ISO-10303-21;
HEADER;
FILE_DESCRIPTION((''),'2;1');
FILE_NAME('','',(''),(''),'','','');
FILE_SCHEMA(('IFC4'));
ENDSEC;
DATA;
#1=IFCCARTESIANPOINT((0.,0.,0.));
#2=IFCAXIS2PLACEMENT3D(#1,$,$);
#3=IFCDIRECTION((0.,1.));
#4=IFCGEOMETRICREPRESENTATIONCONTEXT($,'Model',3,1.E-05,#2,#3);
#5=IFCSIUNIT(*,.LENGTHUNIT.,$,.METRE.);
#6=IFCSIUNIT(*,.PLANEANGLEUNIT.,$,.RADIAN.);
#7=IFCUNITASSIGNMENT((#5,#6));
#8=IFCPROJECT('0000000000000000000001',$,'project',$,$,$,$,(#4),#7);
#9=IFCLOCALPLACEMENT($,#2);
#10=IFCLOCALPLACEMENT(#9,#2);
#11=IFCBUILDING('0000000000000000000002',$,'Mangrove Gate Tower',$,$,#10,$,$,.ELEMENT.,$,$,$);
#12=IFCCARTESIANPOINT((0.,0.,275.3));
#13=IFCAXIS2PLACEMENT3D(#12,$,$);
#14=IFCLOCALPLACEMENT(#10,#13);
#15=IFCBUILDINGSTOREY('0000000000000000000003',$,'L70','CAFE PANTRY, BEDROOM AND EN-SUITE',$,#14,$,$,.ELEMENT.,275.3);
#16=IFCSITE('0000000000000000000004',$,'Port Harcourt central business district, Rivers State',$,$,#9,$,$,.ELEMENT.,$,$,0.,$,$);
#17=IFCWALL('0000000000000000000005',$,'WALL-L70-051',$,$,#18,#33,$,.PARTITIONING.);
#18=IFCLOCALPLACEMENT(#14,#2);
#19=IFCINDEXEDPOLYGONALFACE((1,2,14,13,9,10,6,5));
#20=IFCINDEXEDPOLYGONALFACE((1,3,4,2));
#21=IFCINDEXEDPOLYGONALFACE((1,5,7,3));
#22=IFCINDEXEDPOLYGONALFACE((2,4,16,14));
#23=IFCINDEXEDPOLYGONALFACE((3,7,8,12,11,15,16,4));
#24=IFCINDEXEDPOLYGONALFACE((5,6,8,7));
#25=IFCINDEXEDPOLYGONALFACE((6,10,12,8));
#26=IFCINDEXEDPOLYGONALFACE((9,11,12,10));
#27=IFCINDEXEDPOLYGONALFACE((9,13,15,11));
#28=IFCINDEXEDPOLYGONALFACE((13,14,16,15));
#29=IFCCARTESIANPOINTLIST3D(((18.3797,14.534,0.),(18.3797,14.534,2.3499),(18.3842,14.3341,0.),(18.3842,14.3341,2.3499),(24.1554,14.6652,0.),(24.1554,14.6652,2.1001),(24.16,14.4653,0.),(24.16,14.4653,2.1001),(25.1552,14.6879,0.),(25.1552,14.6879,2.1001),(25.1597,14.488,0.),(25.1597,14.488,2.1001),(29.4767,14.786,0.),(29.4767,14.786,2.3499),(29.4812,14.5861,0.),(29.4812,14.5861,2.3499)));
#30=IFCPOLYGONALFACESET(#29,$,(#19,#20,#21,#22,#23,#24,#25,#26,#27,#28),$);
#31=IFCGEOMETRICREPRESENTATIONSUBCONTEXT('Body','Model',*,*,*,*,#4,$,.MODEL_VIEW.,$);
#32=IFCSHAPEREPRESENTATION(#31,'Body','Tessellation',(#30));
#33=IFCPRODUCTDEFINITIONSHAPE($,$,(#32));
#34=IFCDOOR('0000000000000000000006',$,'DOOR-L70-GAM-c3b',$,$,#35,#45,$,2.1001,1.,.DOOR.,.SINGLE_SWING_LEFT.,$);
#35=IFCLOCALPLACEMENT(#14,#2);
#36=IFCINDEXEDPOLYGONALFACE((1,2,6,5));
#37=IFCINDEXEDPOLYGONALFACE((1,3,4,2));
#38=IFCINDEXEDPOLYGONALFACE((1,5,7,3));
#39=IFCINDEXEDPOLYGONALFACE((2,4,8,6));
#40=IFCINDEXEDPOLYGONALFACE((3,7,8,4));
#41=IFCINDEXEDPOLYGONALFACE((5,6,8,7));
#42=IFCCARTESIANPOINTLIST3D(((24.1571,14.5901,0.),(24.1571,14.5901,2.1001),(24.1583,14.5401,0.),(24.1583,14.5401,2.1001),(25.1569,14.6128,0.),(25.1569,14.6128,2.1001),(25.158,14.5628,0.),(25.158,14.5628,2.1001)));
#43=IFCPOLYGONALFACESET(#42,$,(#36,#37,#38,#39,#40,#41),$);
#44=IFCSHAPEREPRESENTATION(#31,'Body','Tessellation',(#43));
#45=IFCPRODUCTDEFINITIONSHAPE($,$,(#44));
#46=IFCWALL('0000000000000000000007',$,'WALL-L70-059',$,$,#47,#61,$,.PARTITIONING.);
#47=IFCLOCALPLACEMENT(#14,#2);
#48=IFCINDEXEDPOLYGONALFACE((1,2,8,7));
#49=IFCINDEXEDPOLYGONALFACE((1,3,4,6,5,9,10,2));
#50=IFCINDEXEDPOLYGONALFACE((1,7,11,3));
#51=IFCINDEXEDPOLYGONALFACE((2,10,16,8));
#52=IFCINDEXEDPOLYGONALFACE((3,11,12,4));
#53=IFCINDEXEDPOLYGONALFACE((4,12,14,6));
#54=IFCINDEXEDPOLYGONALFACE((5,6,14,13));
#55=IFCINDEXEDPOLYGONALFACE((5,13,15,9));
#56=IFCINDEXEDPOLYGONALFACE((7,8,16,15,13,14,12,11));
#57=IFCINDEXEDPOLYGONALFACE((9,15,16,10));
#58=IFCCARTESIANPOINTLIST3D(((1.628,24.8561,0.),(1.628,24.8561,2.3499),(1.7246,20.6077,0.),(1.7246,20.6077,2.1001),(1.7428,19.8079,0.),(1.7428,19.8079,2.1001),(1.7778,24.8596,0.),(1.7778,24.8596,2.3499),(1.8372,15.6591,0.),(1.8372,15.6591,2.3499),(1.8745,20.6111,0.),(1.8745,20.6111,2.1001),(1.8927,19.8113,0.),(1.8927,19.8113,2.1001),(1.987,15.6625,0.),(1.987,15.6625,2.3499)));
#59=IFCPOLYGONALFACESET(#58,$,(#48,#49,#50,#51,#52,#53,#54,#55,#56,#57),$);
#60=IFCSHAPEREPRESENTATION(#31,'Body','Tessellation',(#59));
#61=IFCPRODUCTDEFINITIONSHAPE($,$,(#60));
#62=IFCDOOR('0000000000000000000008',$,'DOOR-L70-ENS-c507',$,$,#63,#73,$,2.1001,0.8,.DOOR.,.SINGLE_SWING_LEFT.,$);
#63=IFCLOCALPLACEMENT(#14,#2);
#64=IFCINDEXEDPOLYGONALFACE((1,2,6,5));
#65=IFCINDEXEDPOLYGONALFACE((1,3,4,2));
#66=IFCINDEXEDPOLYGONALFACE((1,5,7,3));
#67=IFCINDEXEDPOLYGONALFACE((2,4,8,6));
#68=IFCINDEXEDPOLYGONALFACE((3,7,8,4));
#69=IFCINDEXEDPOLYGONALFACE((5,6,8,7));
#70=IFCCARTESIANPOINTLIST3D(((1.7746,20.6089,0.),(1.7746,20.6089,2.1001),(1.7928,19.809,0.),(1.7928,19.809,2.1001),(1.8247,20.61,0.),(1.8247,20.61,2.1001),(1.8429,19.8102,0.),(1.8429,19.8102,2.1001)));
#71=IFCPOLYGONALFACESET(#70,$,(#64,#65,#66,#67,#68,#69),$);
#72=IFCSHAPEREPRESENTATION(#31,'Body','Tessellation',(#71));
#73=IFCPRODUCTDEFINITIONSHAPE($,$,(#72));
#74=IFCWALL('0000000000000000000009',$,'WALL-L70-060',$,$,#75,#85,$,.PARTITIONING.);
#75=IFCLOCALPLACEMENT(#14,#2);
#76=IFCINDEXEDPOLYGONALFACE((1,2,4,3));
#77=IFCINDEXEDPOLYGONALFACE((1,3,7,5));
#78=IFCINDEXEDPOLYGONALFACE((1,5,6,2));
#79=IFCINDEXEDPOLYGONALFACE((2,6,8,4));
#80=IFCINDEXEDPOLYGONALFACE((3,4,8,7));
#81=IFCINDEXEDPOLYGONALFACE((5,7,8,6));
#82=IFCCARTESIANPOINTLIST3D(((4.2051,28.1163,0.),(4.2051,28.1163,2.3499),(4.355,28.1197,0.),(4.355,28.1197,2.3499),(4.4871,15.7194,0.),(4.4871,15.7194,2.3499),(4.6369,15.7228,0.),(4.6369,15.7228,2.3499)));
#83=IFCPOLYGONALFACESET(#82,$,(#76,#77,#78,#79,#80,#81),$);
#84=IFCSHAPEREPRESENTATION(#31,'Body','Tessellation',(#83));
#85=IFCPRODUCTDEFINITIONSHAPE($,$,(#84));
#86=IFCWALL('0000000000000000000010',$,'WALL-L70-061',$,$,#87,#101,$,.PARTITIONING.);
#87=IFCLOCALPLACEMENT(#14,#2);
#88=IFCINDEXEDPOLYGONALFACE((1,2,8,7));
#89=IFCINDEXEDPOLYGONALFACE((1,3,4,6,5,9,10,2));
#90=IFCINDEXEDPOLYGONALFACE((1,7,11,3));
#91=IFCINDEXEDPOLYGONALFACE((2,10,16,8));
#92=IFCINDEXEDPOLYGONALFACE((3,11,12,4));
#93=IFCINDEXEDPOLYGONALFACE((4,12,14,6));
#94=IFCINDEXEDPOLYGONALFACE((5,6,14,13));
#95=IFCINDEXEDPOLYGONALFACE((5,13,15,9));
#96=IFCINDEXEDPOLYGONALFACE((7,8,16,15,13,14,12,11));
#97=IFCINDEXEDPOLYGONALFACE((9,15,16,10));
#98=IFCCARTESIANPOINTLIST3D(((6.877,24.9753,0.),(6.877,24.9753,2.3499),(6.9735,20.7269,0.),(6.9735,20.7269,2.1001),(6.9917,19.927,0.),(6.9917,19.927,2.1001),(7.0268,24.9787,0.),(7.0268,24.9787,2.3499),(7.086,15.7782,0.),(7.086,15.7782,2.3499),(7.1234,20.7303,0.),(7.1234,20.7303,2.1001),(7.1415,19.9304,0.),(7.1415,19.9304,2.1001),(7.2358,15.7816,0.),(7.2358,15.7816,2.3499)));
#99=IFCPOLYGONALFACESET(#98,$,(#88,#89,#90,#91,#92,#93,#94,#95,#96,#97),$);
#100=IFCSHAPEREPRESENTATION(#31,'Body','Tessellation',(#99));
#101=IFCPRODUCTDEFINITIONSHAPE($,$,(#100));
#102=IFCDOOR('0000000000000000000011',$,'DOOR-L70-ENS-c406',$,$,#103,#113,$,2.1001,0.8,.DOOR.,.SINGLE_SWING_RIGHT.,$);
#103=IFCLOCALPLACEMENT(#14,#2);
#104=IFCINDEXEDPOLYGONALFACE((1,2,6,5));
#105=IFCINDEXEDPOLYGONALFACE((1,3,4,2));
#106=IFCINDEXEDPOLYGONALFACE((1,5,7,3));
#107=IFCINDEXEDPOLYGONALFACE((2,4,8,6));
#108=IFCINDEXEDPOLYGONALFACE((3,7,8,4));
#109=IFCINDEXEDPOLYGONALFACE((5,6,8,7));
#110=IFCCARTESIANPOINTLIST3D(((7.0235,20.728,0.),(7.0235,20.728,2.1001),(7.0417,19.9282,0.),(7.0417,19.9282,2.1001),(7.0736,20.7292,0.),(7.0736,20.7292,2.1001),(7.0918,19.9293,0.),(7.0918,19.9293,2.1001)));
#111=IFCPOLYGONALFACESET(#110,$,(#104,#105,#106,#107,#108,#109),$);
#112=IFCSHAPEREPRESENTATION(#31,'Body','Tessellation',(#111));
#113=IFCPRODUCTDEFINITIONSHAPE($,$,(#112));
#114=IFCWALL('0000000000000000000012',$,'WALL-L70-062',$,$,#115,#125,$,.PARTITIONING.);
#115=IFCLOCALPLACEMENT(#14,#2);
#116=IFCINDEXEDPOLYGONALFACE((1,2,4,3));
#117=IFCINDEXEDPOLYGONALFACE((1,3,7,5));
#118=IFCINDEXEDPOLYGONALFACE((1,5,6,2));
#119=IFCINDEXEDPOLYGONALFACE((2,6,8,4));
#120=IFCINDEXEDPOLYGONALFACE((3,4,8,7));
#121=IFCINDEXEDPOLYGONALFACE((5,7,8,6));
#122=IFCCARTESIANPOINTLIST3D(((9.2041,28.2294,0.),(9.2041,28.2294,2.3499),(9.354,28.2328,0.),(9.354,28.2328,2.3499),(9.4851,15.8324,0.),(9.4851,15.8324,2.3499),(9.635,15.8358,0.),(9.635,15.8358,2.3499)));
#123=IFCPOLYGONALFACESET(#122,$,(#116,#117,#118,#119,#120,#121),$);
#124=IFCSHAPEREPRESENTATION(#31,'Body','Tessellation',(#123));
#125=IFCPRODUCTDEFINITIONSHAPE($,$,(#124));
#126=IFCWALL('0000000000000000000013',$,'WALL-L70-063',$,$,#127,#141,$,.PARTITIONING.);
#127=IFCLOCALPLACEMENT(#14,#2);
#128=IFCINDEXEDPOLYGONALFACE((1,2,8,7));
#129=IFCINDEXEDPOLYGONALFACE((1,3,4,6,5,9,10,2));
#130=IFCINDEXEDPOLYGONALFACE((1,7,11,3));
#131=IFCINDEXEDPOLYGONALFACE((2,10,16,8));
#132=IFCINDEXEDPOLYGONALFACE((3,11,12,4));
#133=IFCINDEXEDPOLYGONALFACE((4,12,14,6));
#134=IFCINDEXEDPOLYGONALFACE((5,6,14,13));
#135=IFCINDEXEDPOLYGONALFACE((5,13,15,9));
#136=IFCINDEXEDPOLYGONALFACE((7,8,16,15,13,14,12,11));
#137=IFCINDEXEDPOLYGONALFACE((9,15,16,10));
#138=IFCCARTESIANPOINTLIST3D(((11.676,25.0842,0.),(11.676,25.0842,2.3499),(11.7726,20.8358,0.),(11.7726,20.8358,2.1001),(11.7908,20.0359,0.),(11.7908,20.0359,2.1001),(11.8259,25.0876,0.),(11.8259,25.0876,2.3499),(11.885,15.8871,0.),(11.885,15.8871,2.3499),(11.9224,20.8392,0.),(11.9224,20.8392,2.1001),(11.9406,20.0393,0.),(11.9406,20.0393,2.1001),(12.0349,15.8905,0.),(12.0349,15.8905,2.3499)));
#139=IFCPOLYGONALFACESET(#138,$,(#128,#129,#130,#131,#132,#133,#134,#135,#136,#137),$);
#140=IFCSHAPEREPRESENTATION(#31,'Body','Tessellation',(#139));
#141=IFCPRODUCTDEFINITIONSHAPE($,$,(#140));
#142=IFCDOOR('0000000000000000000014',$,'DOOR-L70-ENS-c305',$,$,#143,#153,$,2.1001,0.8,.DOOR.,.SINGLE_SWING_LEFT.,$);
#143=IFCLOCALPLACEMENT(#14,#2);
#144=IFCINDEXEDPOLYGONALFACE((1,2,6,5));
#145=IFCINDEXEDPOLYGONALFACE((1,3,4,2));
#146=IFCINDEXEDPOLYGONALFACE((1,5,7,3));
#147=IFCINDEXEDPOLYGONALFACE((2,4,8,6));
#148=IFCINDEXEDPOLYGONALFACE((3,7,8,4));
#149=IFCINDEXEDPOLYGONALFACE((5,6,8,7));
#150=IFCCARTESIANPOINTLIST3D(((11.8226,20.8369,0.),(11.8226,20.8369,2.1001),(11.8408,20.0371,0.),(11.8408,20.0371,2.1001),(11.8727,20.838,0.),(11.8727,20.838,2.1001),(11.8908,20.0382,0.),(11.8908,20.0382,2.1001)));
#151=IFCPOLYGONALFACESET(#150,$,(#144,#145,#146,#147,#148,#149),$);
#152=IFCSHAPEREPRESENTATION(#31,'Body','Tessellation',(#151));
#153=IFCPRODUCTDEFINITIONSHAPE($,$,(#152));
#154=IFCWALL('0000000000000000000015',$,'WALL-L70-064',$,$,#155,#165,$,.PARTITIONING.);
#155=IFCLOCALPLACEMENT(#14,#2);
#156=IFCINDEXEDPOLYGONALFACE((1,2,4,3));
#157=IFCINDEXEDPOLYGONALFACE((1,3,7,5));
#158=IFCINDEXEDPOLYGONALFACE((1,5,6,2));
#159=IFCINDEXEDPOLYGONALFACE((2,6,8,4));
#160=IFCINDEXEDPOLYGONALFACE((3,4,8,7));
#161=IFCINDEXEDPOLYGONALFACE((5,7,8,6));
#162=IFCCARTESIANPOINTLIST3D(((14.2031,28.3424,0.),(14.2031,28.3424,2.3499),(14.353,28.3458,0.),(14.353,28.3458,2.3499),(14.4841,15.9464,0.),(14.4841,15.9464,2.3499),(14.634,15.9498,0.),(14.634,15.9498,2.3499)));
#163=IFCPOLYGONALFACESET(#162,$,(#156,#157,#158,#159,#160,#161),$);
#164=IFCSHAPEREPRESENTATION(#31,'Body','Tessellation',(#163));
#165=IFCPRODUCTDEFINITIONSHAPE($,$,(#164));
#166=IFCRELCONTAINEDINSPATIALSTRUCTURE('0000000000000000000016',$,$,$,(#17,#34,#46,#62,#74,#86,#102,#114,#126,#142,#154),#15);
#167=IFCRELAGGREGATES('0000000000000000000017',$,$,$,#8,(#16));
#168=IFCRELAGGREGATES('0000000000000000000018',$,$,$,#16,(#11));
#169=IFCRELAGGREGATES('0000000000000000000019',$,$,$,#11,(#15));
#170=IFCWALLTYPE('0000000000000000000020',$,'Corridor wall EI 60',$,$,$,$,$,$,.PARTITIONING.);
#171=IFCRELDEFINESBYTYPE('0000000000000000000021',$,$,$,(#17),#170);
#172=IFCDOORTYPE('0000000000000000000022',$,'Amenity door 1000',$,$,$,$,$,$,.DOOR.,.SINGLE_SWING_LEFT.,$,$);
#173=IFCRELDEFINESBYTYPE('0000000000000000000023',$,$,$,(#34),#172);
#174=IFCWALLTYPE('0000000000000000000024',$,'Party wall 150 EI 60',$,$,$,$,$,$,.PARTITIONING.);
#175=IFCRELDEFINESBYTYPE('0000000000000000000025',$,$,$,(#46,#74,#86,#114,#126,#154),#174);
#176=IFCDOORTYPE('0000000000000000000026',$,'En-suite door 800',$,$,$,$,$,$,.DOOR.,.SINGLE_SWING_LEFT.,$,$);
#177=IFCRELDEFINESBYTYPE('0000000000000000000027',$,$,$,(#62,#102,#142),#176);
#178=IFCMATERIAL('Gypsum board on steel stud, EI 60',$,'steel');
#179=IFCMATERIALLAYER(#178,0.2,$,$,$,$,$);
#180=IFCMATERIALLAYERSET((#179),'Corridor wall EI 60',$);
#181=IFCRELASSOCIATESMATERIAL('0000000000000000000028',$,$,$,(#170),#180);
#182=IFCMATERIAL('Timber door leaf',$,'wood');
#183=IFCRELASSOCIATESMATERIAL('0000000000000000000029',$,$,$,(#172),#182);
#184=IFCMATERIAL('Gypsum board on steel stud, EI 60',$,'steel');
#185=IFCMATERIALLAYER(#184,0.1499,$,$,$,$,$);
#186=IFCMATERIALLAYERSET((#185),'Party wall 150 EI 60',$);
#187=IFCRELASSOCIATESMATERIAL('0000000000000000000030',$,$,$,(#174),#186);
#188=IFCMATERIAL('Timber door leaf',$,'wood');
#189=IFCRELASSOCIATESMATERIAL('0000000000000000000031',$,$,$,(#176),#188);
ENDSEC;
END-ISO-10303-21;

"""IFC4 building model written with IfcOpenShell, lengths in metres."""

from ifc_helpers import new_model, si_unit, direction, frame, frame_2d, origin, place, context, subcontext, project, spatial, rectangle, extrude, material, layer, layer_set, type_object, element, fill, save


model = new_model("IFC4")

# Units and contexts
model_context = context("Model", 3, precision=1e-05, world=origin(), true_north=direction((0.0, 1.0)))
body_context = subcontext(model_context, "Body", "Model", "MODEL_VIEW")
ifc_project = project(units=[si_unit("LENGTHUNIT", "METRE"), si_unit("PLANEANGLEUNIT", "RADIAN")], contexts=[model_context])

# Site, building, storey
site_placement = place(None, origin())
site = spatial("IfcSite", under=ifc_project, at=site_placement, Name="Port Harcourt central business district, Rivers State", CompositionType="ELEMENT", RefElevation=0.0)
building_placement = place(site_placement, origin())
building = spatial("IfcBuilding", under=site, at=building_placement, Name="Mangrove Gate Tower", CompositionType="ELEMENT")
storey_placement = place(building_placement, frame((0.0, 0.0, 275.3)))
storey = spatial("IfcBuildingStorey", under=building, at=storey_placement, Name="L70", Description="CAFE PANTRY, BEDROOM AND EN-SUITE", CompositionType="ELEMENT", Elevation=275.3)

# Walls, openings, doors
ifc_material_1 = material(Name="Gypsum board on steel stud, EI 60", Category="steel")
ifc_layer_1 = layer(ifc_material_1, 0.2)
ifc_layer_set_1 = layer_set([ifc_layer_1], Name="Corridor wall EI 60")
wall_type_1 = type_object("IfcWallType", Name="Corridor wall EI 60", PredefinedType="PARTITIONING", material=ifc_layer_set_1)
wall_1_placement = place(storey_placement, frame((18.3821, 14.4341, 0.0), z_axis=(0.0, 0.0, 1.0), x_axis=(0.999742, 0.022699, 0.0)))
wall_1 = element("IfcWall", 1, at=wall_1_placement, inside=storey, type_object=wall_type_1, Name="WALL-L70-051", PredefinedType="PARTITIONING", context=body_context, shape_type="SweptSolid", body=[
    extrude(rectangle(XDim=11.0999, YDim=0.2, at=frame_2d((5.5498, 0.0))), origin(), (0.0, 0.0, 1.0), 2.3499),
])
opening_1_placement = place(wall_1_placement, frame((5.7771, 0.0, 0.0)))
opening_1 = element("IfcOpeningElement", 2, at=opening_1_placement, cuts=wall_1, PredefinedType="OPENING", context=body_context, shape_type="SweptSolid", body=[
    extrude(rectangle(XDim=1.0, YDim=2.1001, at=frame_2d((0.5, 1.05))), frame((0.0, 0.1099, 0.0), z_axis=(0.0, -1.0, 0.0), x_axis=(1.0, 0.0, 0.0)), (0.0, 0.0, 1.0), 0.22),
])
ifc_material_2 = material(Name="Timber door leaf", Category="wood")
door_type_1 = type_object("IfcDoorType", Name="Amenity door 1000", OperationType="SINGLE_SWING_LEFT", PredefinedType="DOOR", material=ifc_material_2)
door_1_placement = place(opening_1_placement, origin())
door_1 = element("IfcDoor", 3, at=door_1_placement, inside=storey, type_object=door_type_1, Name="DOOR-L70-GAM-c3b", OperationType="SINGLE_SWING_LEFT", OverallHeight=2.1001, OverallWidth=1.0, PredefinedType="DOOR", context=body_context, shape_type="SweptSolid", body=[
    extrude(rectangle(XDim=1.0, YDim=2.1001, at=frame_2d((0.5, 1.05))), frame((0.0, 0.0249, 0.0), z_axis=(0.0, -1.0, 0.0), x_axis=(1.0, 0.0, 0.0)), (0.0, 0.0, 1.0), 0.05),
])
fill(opening_1, door_1)
ifc_material_3 = material(Name="Gypsum board on steel stud, EI 60", Category="steel")
ifc_layer_2 = layer(ifc_material_3, 0.1499)
ifc_layer_set_2 = layer_set([ifc_layer_2], Name="Party wall 150 EI 60")
wall_type_2 = type_object("IfcWallType", Name="Party wall 150 EI 60", PredefinedType="PARTITIONING", material=ifc_layer_set_2)
wall_2_placement = place(storey_placement, frame((1.9121, 15.6609, 0.0), z_axis=(0.0, 0.0, 1.0), x_axis=(-0.022744, 0.999741, 0.0)))
wall_2 = element("IfcWall", 4, at=wall_2_placement, inside=storey, type_object=wall_type_2, Name="WALL-L70-059", PredefinedType="PARTITIONING", context=body_context, shape_type="SweptSolid", body=[
    extrude(rectangle(XDim=9.1995, YDim=0.1499, at=frame_2d((4.5996, 0.0))), origin(), (0.0, 0.0, 1.0), 2.3499),
])
opening_2_placement = place(wall_2_placement, frame((4.1499, 0.0, 0.0)))
opening_2 = element("IfcOpeningElement", 5, at=opening_2_placement, cuts=wall_2, PredefinedType="OPENING", context=body_context, shape_type="SweptSolid", body=[
    extrude(rectangle(XDim=0.8, YDim=2.1001, at=frame_2d((0.3999, 1.05))), frame((0.0, 0.085, 0.0), z_axis=(0.0, -1.0, 0.0), x_axis=(1.0, 0.0, 0.0)), (0.0, 0.0, 1.0), 0.1699),
])
ifc_material_4 = material(Name="Timber door leaf", Category="wood")
door_type_2 = type_object("IfcDoorType", Name="En-suite door 800", OperationType="SINGLE_SWING_LEFT", PredefinedType="DOOR", material=ifc_material_4)
door_2_placement = place(opening_2_placement, origin())
door_2 = element("IfcDoor", 6, at=door_2_placement, inside=storey, type_object=door_type_2, Name="DOOR-L70-ENS-c507", OperationType="SINGLE_SWING_LEFT", OverallHeight=2.1001, OverallWidth=0.8, PredefinedType="DOOR", context=body_context, shape_type="SweptSolid", body=[
    extrude(rectangle(XDim=0.8, YDim=2.1001, at=frame_2d((0.3999, 1.05))), frame((0.0, 0.0249, 0.0), z_axis=(0.0, -1.0, 0.0), x_axis=(1.0, 0.0, 0.0)), (0.0, 0.0, 1.0), 0.05),
])
fill(opening_2, door_2)

# Wall
wall_3_placement = place(storey_placement, frame((4.562, 15.7209, 0.0), z_axis=(0.0, 0.0, 1.0), x_axis=(-0.02274, 0.999741, 0.0)))
element("IfcWall", 7, at=wall_3_placement, inside=storey, type_object=wall_type_2, Name="WALL-L70-060", PredefinedType="PARTITIONING", context=body_context, shape_type="SweptSolid", body=[
    extrude(rectangle(XDim=12.4001, YDim=0.1499, at=frame_2d((6.2002, 0.0))), origin(), (0.0, 0.0, 1.0), 2.3499),
])

# Wall, opening, door
wall_4_placement = place(storey_placement, frame((7.1609, 15.78, 0.0), z_axis=(0.0, 0.0, 1.0), x_axis=(-0.022717, 0.999742, 0.0)))
wall_4 = element("IfcWall", 8, at=wall_4_placement, inside=storey, type_object=wall_type_2, Name="WALL-L70-061", PredefinedType="PARTITIONING", context=body_context, shape_type="SweptSolid", body=[
    extrude(rectangle(XDim=9.1995, YDim=0.1499, at=frame_2d((4.5996, 0.0))), origin(), (0.0, 0.0, 1.0), 2.3499),
])
opening_3_placement = place(wall_4_placement, frame((4.1499, 0.0, 0.0)))
opening_3 = element("IfcOpeningElement", 9, at=opening_3_placement, cuts=wall_4, PredefinedType="OPENING", context=body_context, shape_type="SweptSolid", body=[
    extrude(rectangle(XDim=0.8, YDim=2.1001, at=frame_2d((0.3999, 1.05))), frame((0.0, 0.085, 0.0), z_axis=(0.0, -1.0, 0.0), x_axis=(1.0, 0.0, 0.0)), (0.0, 0.0, 1.0), 0.1699),
])
door_3_placement = place(opening_3_placement, origin())
door_3 = element("IfcDoor", 10, at=door_3_placement, inside=storey, type_object=door_type_2, Name="DOOR-L70-ENS-c406", OperationType="SINGLE_SWING_RIGHT", OverallHeight=2.1001, OverallWidth=0.8, PredefinedType="DOOR", context=body_context, shape_type="SweptSolid", body=[
    extrude(rectangle(XDim=0.8, YDim=2.1001, at=frame_2d((0.3999, 1.05))), frame((0.0, 0.0249, 0.0), z_axis=(0.0, -1.0, 0.0), x_axis=(1.0, 0.0, 0.0)), (0.0, 0.0, 1.0), 0.05),
])
fill(opening_3, door_3)

# Wall
wall_5_placement = place(storey_placement, frame((9.5601, 15.834, 0.0), z_axis=(0.0, 0.0, 1.0), x_axis=(-0.022661, 0.999743, 0.0)))
element("IfcWall", 11, at=wall_5_placement, inside=storey, type_object=wall_type_2, Name="WALL-L70-062", PredefinedType="PARTITIONING", context=body_context, shape_type="SweptSolid", body=[
    extrude(rectangle(XDim=12.4001, YDim=0.1499, at=frame_2d((6.2002, 0.0))), origin(), (0.0, 0.0, 1.0), 2.3499),
])

# Wall, opening, door
wall_6_placement = place(storey_placement, frame((11.96, 15.8889, 0.0), z_axis=(0.0, 0.0, 1.0), x_axis=(-0.022717, 0.999742, 0.0)))
wall_6 = element("IfcWall", 12, at=wall_6_placement, inside=storey, type_object=wall_type_2, Name="WALL-L70-063", PredefinedType="PARTITIONING", context=body_context, shape_type="SweptSolid", body=[
    extrude(rectangle(XDim=9.1995, YDim=0.1499, at=frame_2d((4.5996, 0.0))), origin(), (0.0, 0.0, 1.0), 2.3499),
])
opening_4_placement = place(wall_6_placement, frame((4.1499, 0.0, 0.0)))
opening_4 = element("IfcOpeningElement", 13, at=opening_4_placement, cuts=wall_6, PredefinedType="OPENING", context=body_context, shape_type="SweptSolid", body=[
    extrude(rectangle(XDim=0.8, YDim=2.1001, at=frame_2d((0.3999, 1.05))), frame((0.0, 0.085, 0.0), z_axis=(0.0, -1.0, 0.0), x_axis=(1.0, 0.0, 0.0)), (0.0, 0.0, 1.0), 0.1699),
])
door_4_placement = place(opening_4_placement, origin())
door_4 = element("IfcDoor", 14, at=door_4_placement, inside=storey, type_object=door_type_2, Name="DOOR-L70-ENS-c305", OperationType="SINGLE_SWING_LEFT", OverallHeight=2.1001, OverallWidth=0.8, PredefinedType="DOOR", context=body_context, shape_type="SweptSolid", body=[
    extrude(rectangle(XDim=0.8, YDim=2.1001, at=frame_2d((0.3999, 1.05))), frame((0.0, 0.0249, 0.0), z_axis=(0.0, -1.0, 0.0), x_axis=(1.0, 0.0, 0.0)), (0.0, 0.0, 1.0), 0.05),
])
fill(opening_4, door_4)

# Wall
wall_7_placement = place(storey_placement, frame((14.5591, 15.948, 0.0), z_axis=(0.0, 0.0, 1.0), x_axis=(-0.022663, 0.999743, 0.0)))
element("IfcWall", 15, at=wall_7_placement, inside=storey, type_object=wall_type_2, Name="WALL-L70-064", PredefinedType="PARTITIONING", context=body_context, shape_type="SweptSolid", body=[
    extrude(rectangle(XDim=12.3992, YDim=0.1499, at=frame_2d((6.1997, 0.0))), origin(), (0.0, 0.0, 1.0), 2.3499),
])

save(model, "model.ifc")
